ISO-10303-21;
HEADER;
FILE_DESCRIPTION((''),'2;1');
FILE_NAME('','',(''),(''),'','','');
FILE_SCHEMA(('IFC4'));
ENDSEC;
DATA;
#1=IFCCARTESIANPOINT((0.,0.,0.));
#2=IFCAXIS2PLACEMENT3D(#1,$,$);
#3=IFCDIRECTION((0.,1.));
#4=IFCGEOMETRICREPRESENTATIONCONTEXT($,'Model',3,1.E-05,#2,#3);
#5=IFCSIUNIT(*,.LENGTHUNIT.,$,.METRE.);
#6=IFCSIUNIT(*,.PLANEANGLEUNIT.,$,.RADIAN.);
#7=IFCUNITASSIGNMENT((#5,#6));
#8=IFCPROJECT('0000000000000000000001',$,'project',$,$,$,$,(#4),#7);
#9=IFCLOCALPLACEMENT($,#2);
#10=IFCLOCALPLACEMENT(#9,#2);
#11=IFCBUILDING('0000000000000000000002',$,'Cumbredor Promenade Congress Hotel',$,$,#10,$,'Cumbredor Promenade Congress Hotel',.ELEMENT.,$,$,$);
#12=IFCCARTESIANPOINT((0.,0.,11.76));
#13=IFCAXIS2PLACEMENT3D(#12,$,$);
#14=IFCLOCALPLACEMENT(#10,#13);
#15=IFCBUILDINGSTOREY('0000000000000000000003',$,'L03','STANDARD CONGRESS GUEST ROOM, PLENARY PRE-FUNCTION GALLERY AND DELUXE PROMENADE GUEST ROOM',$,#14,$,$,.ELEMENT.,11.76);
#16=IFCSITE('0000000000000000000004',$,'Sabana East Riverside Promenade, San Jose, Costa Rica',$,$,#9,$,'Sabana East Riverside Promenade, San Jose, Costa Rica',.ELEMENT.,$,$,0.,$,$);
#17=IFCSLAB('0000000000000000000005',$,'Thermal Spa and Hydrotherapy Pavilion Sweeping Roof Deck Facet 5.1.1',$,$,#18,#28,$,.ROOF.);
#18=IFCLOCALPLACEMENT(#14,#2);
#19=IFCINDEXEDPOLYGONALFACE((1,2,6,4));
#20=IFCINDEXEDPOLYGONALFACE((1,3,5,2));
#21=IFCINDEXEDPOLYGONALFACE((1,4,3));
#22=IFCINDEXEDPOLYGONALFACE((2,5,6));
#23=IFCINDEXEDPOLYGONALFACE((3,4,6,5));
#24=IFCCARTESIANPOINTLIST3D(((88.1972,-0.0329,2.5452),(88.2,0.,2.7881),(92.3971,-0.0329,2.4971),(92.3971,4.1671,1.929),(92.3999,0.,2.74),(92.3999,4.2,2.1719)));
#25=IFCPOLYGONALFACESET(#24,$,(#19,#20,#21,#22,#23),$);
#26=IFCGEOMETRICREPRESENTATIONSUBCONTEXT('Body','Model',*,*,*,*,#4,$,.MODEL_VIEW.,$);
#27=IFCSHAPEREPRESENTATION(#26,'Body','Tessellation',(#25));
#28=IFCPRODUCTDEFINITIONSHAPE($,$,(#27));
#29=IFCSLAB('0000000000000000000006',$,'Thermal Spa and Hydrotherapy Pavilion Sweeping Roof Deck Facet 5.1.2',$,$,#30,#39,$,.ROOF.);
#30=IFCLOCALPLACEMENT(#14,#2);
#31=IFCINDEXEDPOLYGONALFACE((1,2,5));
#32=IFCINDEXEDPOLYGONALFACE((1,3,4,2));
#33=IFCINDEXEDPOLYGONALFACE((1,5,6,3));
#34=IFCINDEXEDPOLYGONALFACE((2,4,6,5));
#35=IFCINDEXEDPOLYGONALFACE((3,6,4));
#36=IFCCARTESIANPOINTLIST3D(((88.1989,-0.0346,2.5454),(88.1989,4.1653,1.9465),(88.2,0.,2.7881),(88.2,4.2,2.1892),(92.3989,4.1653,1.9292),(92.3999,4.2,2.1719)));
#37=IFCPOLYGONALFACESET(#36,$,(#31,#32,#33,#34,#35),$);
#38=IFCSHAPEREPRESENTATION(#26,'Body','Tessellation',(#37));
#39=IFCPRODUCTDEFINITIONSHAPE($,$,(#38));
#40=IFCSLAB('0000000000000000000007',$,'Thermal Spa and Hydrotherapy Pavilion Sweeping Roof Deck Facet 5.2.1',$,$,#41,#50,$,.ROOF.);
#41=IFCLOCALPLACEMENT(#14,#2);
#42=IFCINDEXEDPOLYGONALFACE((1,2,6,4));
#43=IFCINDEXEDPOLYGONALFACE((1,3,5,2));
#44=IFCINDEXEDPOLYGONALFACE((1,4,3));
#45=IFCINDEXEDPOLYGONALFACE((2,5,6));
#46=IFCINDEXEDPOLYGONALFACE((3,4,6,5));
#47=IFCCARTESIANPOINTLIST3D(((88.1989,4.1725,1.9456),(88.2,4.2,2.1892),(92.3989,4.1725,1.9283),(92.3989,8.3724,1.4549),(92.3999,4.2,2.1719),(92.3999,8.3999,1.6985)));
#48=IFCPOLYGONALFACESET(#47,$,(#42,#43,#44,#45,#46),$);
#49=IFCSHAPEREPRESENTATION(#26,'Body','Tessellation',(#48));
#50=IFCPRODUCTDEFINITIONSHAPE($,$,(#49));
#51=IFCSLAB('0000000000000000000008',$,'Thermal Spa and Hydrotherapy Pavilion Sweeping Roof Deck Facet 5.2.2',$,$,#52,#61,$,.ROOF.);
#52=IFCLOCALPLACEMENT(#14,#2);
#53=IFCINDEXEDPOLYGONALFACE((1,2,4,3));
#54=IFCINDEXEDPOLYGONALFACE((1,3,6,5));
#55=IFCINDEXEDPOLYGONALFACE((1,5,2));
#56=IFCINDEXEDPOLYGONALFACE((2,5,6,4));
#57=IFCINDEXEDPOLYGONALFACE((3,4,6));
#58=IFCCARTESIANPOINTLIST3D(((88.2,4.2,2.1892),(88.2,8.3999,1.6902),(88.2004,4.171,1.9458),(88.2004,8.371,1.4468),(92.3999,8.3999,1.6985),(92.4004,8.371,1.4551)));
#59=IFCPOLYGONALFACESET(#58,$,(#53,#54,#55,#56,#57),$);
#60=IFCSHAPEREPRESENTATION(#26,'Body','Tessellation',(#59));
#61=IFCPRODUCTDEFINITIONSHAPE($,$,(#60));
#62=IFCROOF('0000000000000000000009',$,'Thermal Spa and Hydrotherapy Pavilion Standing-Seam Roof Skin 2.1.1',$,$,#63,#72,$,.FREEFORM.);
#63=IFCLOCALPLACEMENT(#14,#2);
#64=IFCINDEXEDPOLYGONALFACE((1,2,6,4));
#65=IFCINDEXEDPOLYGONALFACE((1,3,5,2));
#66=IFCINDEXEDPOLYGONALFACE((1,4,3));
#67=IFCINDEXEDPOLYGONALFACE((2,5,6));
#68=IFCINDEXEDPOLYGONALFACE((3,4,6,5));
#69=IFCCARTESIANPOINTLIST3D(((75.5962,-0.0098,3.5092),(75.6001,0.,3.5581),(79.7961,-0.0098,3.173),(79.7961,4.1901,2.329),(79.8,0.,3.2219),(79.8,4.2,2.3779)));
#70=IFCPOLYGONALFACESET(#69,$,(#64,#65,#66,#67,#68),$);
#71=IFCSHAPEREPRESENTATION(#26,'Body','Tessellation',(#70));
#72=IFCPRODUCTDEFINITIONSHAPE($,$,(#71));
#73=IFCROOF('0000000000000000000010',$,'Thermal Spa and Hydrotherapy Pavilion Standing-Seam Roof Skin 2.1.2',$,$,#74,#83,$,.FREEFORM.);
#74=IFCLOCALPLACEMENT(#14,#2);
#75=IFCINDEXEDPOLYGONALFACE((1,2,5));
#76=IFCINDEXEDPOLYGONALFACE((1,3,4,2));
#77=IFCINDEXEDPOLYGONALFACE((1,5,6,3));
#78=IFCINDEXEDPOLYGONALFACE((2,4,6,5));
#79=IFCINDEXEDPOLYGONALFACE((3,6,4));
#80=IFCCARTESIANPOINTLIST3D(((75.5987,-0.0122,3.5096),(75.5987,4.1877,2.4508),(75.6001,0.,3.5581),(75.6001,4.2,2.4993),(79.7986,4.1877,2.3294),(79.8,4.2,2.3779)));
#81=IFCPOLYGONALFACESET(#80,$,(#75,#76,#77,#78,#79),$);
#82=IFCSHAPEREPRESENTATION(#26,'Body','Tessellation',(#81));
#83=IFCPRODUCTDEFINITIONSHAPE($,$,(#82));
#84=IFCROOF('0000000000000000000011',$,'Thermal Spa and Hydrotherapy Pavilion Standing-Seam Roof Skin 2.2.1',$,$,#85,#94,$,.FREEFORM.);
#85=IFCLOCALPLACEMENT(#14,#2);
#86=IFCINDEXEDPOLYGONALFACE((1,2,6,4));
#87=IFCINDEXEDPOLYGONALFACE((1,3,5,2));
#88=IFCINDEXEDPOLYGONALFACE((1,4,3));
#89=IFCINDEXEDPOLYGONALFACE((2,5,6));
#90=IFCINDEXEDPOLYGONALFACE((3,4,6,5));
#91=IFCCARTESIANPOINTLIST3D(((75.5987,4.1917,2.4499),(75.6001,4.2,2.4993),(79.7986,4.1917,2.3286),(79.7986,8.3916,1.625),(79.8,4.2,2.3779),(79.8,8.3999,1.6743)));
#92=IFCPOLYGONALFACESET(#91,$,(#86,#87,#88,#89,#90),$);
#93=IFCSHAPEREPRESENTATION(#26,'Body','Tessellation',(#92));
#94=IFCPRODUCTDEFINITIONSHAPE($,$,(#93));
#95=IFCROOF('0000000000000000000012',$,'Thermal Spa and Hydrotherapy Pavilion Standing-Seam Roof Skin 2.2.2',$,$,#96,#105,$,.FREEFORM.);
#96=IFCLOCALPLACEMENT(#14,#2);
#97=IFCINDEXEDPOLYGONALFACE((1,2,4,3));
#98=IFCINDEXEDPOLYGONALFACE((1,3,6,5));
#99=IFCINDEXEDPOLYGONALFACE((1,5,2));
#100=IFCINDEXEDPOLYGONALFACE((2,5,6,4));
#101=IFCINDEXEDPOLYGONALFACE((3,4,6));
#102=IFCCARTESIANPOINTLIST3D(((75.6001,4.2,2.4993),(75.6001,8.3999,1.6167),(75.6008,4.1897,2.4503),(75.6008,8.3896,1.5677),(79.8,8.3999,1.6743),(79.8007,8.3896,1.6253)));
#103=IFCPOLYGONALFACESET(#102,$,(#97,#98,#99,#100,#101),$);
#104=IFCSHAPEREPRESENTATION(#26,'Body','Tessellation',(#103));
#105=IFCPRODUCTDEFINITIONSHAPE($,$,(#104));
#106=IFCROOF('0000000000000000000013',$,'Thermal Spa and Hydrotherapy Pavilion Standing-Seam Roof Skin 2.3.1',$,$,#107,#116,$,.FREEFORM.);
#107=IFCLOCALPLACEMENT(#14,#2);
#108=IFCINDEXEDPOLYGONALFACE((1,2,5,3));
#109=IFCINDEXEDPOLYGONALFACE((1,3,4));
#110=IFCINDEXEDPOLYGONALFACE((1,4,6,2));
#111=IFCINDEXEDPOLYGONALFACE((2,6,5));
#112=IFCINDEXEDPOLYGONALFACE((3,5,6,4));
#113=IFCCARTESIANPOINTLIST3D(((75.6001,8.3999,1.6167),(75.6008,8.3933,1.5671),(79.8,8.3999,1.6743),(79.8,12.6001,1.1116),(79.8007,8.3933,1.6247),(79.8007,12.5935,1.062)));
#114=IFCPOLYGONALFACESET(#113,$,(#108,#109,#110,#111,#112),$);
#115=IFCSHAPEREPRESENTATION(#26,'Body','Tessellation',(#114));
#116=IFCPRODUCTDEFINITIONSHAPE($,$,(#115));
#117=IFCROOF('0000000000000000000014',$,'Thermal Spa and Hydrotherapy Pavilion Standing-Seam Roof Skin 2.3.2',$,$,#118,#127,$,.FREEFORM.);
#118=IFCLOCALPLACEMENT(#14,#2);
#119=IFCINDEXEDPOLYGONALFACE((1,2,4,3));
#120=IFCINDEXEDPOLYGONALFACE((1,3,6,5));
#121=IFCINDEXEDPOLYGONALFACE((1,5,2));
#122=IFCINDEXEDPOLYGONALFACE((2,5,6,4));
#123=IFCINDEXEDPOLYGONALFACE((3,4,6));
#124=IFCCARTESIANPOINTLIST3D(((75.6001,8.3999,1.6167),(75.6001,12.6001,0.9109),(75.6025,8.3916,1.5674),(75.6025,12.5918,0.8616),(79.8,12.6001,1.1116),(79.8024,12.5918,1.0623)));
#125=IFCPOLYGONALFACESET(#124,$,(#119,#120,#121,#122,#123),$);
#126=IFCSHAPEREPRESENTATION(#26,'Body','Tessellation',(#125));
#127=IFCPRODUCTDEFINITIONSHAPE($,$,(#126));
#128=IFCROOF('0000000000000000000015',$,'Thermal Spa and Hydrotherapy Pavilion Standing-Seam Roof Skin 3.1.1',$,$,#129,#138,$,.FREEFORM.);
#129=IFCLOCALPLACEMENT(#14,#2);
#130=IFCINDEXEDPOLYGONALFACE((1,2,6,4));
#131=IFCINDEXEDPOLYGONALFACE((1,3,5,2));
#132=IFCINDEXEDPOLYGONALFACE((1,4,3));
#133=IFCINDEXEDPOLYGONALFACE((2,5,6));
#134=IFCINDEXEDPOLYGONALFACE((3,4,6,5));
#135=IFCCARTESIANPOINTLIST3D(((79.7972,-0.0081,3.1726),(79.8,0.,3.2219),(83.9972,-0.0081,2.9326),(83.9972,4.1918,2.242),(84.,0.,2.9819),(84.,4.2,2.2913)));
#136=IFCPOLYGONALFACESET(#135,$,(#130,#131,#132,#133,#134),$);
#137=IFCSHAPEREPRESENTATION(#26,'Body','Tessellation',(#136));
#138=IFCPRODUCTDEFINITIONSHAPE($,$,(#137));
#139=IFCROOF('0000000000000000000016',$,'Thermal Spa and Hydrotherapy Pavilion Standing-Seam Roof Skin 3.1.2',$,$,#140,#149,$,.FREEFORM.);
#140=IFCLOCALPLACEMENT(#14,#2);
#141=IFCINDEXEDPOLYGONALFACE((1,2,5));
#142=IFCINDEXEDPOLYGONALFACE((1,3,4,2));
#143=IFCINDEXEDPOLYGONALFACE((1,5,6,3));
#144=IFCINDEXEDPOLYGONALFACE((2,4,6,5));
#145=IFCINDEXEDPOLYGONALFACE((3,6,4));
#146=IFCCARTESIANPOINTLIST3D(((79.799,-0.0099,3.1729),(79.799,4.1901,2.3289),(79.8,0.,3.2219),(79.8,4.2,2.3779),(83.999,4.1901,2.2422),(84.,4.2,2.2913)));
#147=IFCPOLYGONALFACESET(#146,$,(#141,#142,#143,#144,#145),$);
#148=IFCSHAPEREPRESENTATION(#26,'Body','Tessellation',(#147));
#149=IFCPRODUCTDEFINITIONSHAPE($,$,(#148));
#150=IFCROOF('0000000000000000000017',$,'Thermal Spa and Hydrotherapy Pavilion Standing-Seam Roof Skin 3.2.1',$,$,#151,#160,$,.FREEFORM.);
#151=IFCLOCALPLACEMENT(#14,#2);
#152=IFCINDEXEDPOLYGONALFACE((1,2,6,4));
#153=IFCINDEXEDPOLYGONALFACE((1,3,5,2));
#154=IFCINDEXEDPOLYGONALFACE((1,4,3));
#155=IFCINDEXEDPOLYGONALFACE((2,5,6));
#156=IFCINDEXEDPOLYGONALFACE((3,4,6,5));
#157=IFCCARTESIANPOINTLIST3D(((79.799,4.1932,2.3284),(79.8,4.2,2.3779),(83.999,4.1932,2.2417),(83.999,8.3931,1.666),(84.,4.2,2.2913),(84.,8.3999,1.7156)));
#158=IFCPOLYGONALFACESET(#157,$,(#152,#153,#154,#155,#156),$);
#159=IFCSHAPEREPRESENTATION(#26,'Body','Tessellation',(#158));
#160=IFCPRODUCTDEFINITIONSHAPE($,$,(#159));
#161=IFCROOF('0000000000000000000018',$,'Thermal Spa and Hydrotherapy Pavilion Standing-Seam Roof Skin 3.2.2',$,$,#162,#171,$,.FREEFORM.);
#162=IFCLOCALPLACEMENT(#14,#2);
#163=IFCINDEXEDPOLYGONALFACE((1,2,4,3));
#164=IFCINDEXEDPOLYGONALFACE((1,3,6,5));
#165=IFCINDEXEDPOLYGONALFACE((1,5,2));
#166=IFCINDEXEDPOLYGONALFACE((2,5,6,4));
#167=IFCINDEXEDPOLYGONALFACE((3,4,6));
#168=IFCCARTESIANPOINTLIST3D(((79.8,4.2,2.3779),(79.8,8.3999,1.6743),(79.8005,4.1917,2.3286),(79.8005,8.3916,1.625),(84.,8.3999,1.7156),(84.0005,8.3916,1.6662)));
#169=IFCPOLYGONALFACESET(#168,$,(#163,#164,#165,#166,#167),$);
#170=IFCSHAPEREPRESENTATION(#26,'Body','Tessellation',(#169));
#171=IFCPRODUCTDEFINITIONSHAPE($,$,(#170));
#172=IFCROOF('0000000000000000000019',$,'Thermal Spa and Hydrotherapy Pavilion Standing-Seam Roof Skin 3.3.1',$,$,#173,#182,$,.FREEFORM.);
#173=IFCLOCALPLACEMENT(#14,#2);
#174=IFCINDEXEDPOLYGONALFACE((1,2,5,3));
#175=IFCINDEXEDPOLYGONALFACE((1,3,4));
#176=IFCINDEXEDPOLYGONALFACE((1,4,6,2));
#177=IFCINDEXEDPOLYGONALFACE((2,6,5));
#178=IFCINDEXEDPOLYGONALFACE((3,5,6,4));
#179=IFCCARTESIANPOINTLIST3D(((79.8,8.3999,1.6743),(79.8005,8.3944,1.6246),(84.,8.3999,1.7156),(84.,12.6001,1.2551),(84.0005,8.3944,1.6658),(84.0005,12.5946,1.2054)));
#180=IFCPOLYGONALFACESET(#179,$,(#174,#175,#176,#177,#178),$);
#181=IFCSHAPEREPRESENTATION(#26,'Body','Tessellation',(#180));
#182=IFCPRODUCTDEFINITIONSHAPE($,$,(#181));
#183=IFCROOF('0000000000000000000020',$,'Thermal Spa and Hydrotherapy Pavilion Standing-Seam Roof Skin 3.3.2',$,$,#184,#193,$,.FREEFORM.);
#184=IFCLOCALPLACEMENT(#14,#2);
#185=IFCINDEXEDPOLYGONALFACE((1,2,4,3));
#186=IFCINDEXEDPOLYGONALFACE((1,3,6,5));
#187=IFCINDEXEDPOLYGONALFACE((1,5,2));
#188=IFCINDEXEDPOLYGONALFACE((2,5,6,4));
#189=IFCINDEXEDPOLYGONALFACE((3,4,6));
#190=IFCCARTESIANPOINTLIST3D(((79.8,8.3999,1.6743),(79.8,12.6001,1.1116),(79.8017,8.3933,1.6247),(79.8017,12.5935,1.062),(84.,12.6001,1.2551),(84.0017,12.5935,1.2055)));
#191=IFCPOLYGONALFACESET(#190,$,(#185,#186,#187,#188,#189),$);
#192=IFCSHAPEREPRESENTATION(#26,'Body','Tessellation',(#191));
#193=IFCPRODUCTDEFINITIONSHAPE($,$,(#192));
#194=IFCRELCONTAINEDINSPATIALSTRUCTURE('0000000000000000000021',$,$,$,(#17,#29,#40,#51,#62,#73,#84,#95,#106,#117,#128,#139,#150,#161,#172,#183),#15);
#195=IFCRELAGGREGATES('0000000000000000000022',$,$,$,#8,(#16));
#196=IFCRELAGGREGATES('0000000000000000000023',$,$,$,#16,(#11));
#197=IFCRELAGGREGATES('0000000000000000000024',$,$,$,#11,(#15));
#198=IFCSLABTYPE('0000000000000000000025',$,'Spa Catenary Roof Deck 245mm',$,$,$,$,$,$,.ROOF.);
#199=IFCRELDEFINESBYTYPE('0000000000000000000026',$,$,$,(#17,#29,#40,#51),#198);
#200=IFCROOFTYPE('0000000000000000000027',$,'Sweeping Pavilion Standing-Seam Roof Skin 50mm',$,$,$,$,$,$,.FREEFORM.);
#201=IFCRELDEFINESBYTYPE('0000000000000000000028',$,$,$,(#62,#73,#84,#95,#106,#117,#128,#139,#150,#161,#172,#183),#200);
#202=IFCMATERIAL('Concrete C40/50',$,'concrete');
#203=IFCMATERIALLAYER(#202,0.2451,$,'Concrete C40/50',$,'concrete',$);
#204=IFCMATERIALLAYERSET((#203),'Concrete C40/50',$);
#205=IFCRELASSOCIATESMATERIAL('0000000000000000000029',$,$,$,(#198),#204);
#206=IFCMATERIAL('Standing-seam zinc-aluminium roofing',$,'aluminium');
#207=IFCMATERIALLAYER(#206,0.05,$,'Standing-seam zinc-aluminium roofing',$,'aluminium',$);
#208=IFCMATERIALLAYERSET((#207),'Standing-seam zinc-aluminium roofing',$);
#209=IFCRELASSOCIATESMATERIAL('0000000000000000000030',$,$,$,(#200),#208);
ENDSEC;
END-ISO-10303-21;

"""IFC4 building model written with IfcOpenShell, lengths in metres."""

from ifc_helpers import new_model, si_unit, direction, frame, origin, place, context, subcontext, project, spatial, polyline, outline, extrude, material, layer, layer_set, type_object, element, save


model = new_model("IFC4")

# Units and contexts
model_context = context("Model", 3, precision=1e-05, world=origin(), true_north=direction((0.0, 1.0)))
body_context = subcontext(model_context, "Body", "Model", "MODEL_VIEW")
ifc_project = project(units=[si_unit("LENGTHUNIT", "METRE"), si_unit("PLANEANGLEUNIT", "RADIAN")], contexts=[model_context])

# Site, building, storey
site_placement = place(None, origin())
site = spatial("IfcSite", under=ifc_project, at=site_placement, Name="Sabana East Riverside Promenade, San Jose, Costa Rica", LongName="Sabana East Riverside Promenade, San Jose, Costa Rica", CompositionType="ELEMENT", RefElevation=0.0)
building_placement = place(site_placement, origin())
building = spatial("IfcBuilding", under=site, at=building_placement, Name="Cumbredor Promenade Congress Hotel", LongName="Cumbredor Promenade Congress Hotel", CompositionType="ELEMENT")
storey_placement = place(building_placement, frame((0.0, 0.0, 11.76)))
storey = spatial("IfcBuildingStorey", under=building, at=storey_placement, Name="L03", Description="STANDARD CONGRESS GUEST ROOM, PLENARY PRE-FUNCTION GALLERY AND DELUXE PROMENADE GUEST ROOM", CompositionType="ELEMENT", Elevation=11.76)

# Slabs
ifc_material_1 = material(Name="Concrete C40/50", Category="concrete")
ifc_layer_1 = layer(ifc_material_1, 0.2451, Name="Concrete C40/50", Category="concrete")
ifc_layer_set_1 = layer_set([ifc_layer_1], Name="Concrete C40/50")
slab_type = type_object("IfcSlabType", Name="Spa Catenary Roof Deck 245mm", PredefinedType="ROOF", material=ifc_layer_set_1)
slab_1_placement = place(storey_placement, frame((88.2, 0.0, 2.7881), z_axis=(0.011347, 0.134038, 0.990911), x_axis=(0.999934, 0.0, -0.011451)))
element("IfcSlab", 1, at=slab_1_placement, inside=storey, type_object=slab_type, Name="Thermal Spa and Hydrotherapy Pavilion Sweeping Roof Deck Facet 5.1.1", PredefinedType="ROOF", context=body_context, shape_type="SweptSolid", body=[
    extrude(outline(polyline([(0.0, 0.0), (4.2002, 0.0), (4.2067, 4.2382), (0.0, 0.0)])), origin(), (0.0, 0.0, -1.0), 0.2451),
])
slab_2_placement = place(storey_placement, frame((88.2, 0.0, 2.7881), z_axis=(0.004086, 0.141162, 0.989978), x_axis=(0.703332, 0.703332, -0.103192)))
element("IfcSlab", 2, at=slab_2_placement, inside=storey, type_object=slab_type, Name="Thermal Spa and Hydrotherapy Pavilion Sweeping Roof Deck Facet 5.1.2", PredefinedType="ROOF", context=body_context, shape_type="SweptSolid", body=[
    extrude(outline(polyline([(0.0, 0.0), (5.9715, 0.0), (3.0158, 2.9839), (0.0, 0.0)])), origin(), (0.0, 0.0, -1.0), 0.2451),
])
slab_3_placement = place(storey_placement, frame((88.2, 4.2, 2.1892), z_axis=(0.004101, 0.112003, 0.993699), x_axis=(0.999991, 0.0, -0.004127)))
element("IfcSlab", 3, at=slab_3_placement, inside=storey, type_object=slab_type, Name="Thermal Spa and Hydrotherapy Pavilion Sweeping Roof Deck Facet 5.2.1", PredefinedType="ROOF", context=body_context, shape_type="SweptSolid", body=[
    extrude(outline(polyline([(0.0, 0.0), (4.2, 0.0), (4.2019, 4.2265), (0.0, 0.0)])), origin(), (0.0, 0.0, -1.0), 0.2451),
])
slab_4_placement = place(storey_placement, frame((88.2, 4.2, 2.1892), z_axis=(-0.001963, 0.117986, 0.993013), x_axis=(0.704706, 0.704706, -0.082338)))
element("IfcSlab", 4, at=slab_4_placement, inside=storey, type_object=slab_type, Name="Thermal Spa and Hydrotherapy Pavilion Sweeping Roof Deck Facet 5.2.2", PredefinedType="ROOF", context=body_context, shape_type="SweptSolid", body=[
    extrude(outline(polyline([(0.0, 0.0), (5.9599, 0.0), (3.0008, 2.9806), (0.0, 0.0)])), origin(), (0.0, 0.0, -1.0), 0.2451),
])

# Roofs
ifc_material_2 = material(Name="Standing-seam zinc-aluminium roofing", Category="aluminium")
ifc_layer_2 = layer(ifc_material_2, 0.05, Name="Standing-seam zinc-aluminium roofing", Category="aluminium")
ifc_layer_set_2 = layer_set([ifc_layer_2], Name="Standing-seam zinc-aluminium roofing")
roof_type = type_object("IfcRoofType", Name="Sweeping Pavilion Standing-Seam Roof Skin 50mm", PredefinedType="FREEFORM", material=ifc_layer_set_2)
roof_1_placement = place(storey_placement, frame((75.6001, 0.0, 3.5581), z_axis=(0.078235, 0.196411, 0.977396), x_axis=(0.996812, 0.0, -0.079789)))
element("IfcRoof", 5, at=roof_1_placement, inside=storey, type_object=roof_type, Name="Thermal Spa and Hydrotherapy Pavilion Standing-Seam Roof Skin 2.1.1", PredefinedType="FREEFORM", context=body_context, shape_type="SweptSolid", body=[
    extrude(outline(polyline([(0.0, 0.0), (4.2134, 0.0), (4.2807, 4.2834), (0.0, 0.0)])), origin(), (0.0, 0.0, -1.0), 0.05),
])
roof_2_placement = place(storey_placement, frame((75.6001, 0.0, 3.5581), z_axis=(0.028003, 0.244362, 0.96928), x_axis=(0.693549, 0.693549, -0.194885)))
element("IfcRoof", 6, at=roof_2_placement, inside=storey, type_object=roof_type, Name="Thermal Spa and Hydrotherapy Pavilion Standing-Seam Roof Skin 2.1.2", PredefinedType="FREEFORM", context=body_context, shape_type="SweptSolid", body=[
    extrude(outline(polyline([(0.0, 0.0), (6.0557, 0.0), (3.1192, 3.0052), (0.0, 0.0)])), origin(), (0.0, 0.0, -1.0), 0.05),
])
roof_3_placement = place(storey_placement, frame((75.6001, 4.2, 2.4993), z_axis=(0.028482, 0.165159, 0.985856), x_axis=(0.999583, 0.0, -0.028878)))
element("IfcRoof", 7, at=roof_3_placement, inside=storey, type_object=roof_type, Name="Thermal Spa and Hydrotherapy Pavilion Standing-Seam Roof Skin 2.2.1", PredefinedType="FREEFORM", context=body_context, shape_type="SweptSolid", body=[
    extrude(outline(polyline([(0.0, 0.0), (4.2017, 0.0), (4.222, 4.2584), (0.0, 0.0)])), origin(), (0.0, 0.0, -1.0), 0.05),
])
roof_4_placement = place(storey_placement, frame((75.6001, 4.2, 2.4993), z_axis=(-0.013424, 0.205628, 0.978538), x_axis=(0.700384, 0.700384, -0.137569)))
element("IfcRoof", 8, at=roof_4_placement, inside=storey, type_object=roof_type, Name="Thermal Spa and Hydrotherapy Pavilion Standing-Seam Roof Skin 2.2.2", PredefinedType="FREEFORM", context=body_context, shape_type="SweptSolid", body=[
    extrude(outline(polyline([(0.0, 0.0), (5.9966, 0.0), (3.063, 3.0061), (0.0, 0.0)])), origin(), (0.0, 0.0, -1.0), 0.05),
])
roof_5_placement = place(storey_placement, frame((75.6001, 8.3999, 1.6167), z_axis=(-0.013596, 0.132782, 0.991052), x_axis=(0.999906, 0.0, 0.013717)))
element("IfcRoof", 9, at=roof_5_placement, inside=storey, type_object=roof_type, Name="Thermal Spa and Hydrotherapy Pavilion Standing-Seam Roof Skin 2.3.1", PredefinedType="FREEFORM", context=body_context, shape_type="SweptSolid", body=[
    extrude(outline(polyline([(0.0, 0.0), (4.2003, 0.0), (4.1926, 4.2377), (0.0, 0.0)])), origin(), (0.0, 0.0, -1.0), 0.05),
])
roof_6_placement = place(storey_placement, frame((75.6001, 8.3999, 1.6167), z_axis=(-0.047069, 0.165535, 0.98508), x_axis=(0.704543, 0.704584, -0.084735)))
element("IfcRoof", 10, at=roof_6_placement, inside=storey, type_object=roof_type, Name="Thermal Spa and Hydrotherapy Pavilion Standing-Seam Roof Skin 2.3.2", PredefinedType="FREEFORM", context=body_context, shape_type="SweptSolid", body=[
    extrude(outline(polyline([(0.0, 0.0), (5.9612, 0.0), (3.0192, 3.004), (0.0, 0.0)])), origin(), (0.0, 0.0, -1.0), 0.05),
])
roof_7_placement = place(storey_placement, frame((79.8, 0.0, 3.2219), z_axis=(0.056294, 0.162011, 0.985182), x_axis=(0.998371, 0.0, -0.057048)))
element("IfcRoof", 11, at=roof_7_placement, inside=storey, type_object=roof_type, Name="Thermal Spa and Hydrotherapy Pavilion Standing-Seam Roof Skin 3.1.1", PredefinedType="FREEFORM", context=body_context, shape_type="SweptSolid", body=[
    extrude(outline(polyline([(0.0, 0.0), (4.2068, 0.0), (4.2462, 4.2562), (0.0, 0.0)])), origin(), (0.0, 0.0, -1.0), 0.05),
])
roof_8_placement = place(storey_placement, frame((79.8, 0.0, 3.2219), z_axis=(0.020227, 0.196974, 0.9802), x_axis=(0.698583, 0.698583, -0.154799)))
element("IfcRoof", 12, at=roof_8_placement, inside=storey, type_object=roof_type, Name="Thermal Spa and Hydrotherapy Pavilion Standing-Seam Roof Skin 3.1.2", PredefinedType="FREEFORM", context=body_context, shape_type="SweptSolid", body=[
    extrude(outline(polyline([(0.0, 0.0), (6.0121, 0.0), (3.0647, 2.9933), (0.0, 0.0)])), origin(), (0.0, 0.0, -1.0), 0.05),
])
roof_9_placement = place(storey_placement, frame((79.8, 4.2, 2.3779), z_axis=(0.020441, 0.135771, 0.990529), x_axis=(0.999787, 0.0, -0.020632)))
element("IfcRoof", 13, at=roof_9_placement, inside=storey, type_object=roof_type, Name="Thermal Spa and Hydrotherapy Pavilion Standing-Seam Roof Skin 3.2.1", PredefinedType="FREEFORM", context=body_context, shape_type="SweptSolid", body=[
    extrude(outline(polyline([(0.0, 0.0), (4.2008, 0.0), (4.2127, 4.2392), (0.0, 0.0)])), origin(), (0.0, 0.0, -1.0), 0.05),
])
roof_10_placement = place(storey_placement, frame((79.8, 4.2, 2.3779), z_axis=(-0.009688, 0.165219, 0.986209), x_axis=(0.702751, 0.702751, -0.110827)))
element("IfcRoof", 14, at=roof_10_placement, inside=storey, type_object=roof_type, Name="Thermal Spa and Hydrotherapy Pavilion Standing-Seam Roof Skin 3.2.2", PredefinedType="FREEFORM", context=body_context, shape_type="SweptSolid", body=[
    extrude(outline(polyline([(0.0, 0.0), (5.9764, 0.0), (3.0295, 2.9928), (0.0, 0.0)])), origin(), (0.0, 0.0, -1.0), 0.05),
])
roof_11_placement = place(storey_placement, frame((79.8, 8.3999, 1.6743), z_axis=(-0.009765, 0.108968, 0.993997), x_axis=(0.999952, 0.0, 0.009823)))
element("IfcRoof", 15, at=roof_11_placement, inside=storey, type_object=roof_type, Name="Thermal Spa and Hydrotherapy Pavilion Standing-Seam Roof Skin 3.3.1", PredefinedType="FREEFORM", context=body_context, shape_type="SweptSolid", body=[
    extrude(outline(polyline([(0.0, 0.0), (4.2002, 0.0), (4.1956, 4.2254), (0.0, 0.0)])), origin(), (0.0, 0.0, -1.0), 0.05),
])
roof_12_placement = place(storey_placement, frame((79.8, 8.3999, 1.6743), z_axis=(-0.033858, 0.132718, 0.990575), x_axis=(0.705332, 0.705373, -0.070398)))
element("IfcRoof", 16, at=roof_12_placement, inside=storey, type_object=roof_type, Name="Thermal Spa and Hydrotherapy Pavilion Standing-Seam Roof Skin 3.3.2", PredefinedType="FREEFORM", context=body_context, shape_type="SweptSolid", body=[
    extrude(outline(polyline([(0.0, 0.0), (5.9546, 0.0), (3.0023, 2.9907), (0.0, 0.0)])), origin(), (0.0, 0.0, -1.0), 0.05),
])

save(model, "model.ifc")
